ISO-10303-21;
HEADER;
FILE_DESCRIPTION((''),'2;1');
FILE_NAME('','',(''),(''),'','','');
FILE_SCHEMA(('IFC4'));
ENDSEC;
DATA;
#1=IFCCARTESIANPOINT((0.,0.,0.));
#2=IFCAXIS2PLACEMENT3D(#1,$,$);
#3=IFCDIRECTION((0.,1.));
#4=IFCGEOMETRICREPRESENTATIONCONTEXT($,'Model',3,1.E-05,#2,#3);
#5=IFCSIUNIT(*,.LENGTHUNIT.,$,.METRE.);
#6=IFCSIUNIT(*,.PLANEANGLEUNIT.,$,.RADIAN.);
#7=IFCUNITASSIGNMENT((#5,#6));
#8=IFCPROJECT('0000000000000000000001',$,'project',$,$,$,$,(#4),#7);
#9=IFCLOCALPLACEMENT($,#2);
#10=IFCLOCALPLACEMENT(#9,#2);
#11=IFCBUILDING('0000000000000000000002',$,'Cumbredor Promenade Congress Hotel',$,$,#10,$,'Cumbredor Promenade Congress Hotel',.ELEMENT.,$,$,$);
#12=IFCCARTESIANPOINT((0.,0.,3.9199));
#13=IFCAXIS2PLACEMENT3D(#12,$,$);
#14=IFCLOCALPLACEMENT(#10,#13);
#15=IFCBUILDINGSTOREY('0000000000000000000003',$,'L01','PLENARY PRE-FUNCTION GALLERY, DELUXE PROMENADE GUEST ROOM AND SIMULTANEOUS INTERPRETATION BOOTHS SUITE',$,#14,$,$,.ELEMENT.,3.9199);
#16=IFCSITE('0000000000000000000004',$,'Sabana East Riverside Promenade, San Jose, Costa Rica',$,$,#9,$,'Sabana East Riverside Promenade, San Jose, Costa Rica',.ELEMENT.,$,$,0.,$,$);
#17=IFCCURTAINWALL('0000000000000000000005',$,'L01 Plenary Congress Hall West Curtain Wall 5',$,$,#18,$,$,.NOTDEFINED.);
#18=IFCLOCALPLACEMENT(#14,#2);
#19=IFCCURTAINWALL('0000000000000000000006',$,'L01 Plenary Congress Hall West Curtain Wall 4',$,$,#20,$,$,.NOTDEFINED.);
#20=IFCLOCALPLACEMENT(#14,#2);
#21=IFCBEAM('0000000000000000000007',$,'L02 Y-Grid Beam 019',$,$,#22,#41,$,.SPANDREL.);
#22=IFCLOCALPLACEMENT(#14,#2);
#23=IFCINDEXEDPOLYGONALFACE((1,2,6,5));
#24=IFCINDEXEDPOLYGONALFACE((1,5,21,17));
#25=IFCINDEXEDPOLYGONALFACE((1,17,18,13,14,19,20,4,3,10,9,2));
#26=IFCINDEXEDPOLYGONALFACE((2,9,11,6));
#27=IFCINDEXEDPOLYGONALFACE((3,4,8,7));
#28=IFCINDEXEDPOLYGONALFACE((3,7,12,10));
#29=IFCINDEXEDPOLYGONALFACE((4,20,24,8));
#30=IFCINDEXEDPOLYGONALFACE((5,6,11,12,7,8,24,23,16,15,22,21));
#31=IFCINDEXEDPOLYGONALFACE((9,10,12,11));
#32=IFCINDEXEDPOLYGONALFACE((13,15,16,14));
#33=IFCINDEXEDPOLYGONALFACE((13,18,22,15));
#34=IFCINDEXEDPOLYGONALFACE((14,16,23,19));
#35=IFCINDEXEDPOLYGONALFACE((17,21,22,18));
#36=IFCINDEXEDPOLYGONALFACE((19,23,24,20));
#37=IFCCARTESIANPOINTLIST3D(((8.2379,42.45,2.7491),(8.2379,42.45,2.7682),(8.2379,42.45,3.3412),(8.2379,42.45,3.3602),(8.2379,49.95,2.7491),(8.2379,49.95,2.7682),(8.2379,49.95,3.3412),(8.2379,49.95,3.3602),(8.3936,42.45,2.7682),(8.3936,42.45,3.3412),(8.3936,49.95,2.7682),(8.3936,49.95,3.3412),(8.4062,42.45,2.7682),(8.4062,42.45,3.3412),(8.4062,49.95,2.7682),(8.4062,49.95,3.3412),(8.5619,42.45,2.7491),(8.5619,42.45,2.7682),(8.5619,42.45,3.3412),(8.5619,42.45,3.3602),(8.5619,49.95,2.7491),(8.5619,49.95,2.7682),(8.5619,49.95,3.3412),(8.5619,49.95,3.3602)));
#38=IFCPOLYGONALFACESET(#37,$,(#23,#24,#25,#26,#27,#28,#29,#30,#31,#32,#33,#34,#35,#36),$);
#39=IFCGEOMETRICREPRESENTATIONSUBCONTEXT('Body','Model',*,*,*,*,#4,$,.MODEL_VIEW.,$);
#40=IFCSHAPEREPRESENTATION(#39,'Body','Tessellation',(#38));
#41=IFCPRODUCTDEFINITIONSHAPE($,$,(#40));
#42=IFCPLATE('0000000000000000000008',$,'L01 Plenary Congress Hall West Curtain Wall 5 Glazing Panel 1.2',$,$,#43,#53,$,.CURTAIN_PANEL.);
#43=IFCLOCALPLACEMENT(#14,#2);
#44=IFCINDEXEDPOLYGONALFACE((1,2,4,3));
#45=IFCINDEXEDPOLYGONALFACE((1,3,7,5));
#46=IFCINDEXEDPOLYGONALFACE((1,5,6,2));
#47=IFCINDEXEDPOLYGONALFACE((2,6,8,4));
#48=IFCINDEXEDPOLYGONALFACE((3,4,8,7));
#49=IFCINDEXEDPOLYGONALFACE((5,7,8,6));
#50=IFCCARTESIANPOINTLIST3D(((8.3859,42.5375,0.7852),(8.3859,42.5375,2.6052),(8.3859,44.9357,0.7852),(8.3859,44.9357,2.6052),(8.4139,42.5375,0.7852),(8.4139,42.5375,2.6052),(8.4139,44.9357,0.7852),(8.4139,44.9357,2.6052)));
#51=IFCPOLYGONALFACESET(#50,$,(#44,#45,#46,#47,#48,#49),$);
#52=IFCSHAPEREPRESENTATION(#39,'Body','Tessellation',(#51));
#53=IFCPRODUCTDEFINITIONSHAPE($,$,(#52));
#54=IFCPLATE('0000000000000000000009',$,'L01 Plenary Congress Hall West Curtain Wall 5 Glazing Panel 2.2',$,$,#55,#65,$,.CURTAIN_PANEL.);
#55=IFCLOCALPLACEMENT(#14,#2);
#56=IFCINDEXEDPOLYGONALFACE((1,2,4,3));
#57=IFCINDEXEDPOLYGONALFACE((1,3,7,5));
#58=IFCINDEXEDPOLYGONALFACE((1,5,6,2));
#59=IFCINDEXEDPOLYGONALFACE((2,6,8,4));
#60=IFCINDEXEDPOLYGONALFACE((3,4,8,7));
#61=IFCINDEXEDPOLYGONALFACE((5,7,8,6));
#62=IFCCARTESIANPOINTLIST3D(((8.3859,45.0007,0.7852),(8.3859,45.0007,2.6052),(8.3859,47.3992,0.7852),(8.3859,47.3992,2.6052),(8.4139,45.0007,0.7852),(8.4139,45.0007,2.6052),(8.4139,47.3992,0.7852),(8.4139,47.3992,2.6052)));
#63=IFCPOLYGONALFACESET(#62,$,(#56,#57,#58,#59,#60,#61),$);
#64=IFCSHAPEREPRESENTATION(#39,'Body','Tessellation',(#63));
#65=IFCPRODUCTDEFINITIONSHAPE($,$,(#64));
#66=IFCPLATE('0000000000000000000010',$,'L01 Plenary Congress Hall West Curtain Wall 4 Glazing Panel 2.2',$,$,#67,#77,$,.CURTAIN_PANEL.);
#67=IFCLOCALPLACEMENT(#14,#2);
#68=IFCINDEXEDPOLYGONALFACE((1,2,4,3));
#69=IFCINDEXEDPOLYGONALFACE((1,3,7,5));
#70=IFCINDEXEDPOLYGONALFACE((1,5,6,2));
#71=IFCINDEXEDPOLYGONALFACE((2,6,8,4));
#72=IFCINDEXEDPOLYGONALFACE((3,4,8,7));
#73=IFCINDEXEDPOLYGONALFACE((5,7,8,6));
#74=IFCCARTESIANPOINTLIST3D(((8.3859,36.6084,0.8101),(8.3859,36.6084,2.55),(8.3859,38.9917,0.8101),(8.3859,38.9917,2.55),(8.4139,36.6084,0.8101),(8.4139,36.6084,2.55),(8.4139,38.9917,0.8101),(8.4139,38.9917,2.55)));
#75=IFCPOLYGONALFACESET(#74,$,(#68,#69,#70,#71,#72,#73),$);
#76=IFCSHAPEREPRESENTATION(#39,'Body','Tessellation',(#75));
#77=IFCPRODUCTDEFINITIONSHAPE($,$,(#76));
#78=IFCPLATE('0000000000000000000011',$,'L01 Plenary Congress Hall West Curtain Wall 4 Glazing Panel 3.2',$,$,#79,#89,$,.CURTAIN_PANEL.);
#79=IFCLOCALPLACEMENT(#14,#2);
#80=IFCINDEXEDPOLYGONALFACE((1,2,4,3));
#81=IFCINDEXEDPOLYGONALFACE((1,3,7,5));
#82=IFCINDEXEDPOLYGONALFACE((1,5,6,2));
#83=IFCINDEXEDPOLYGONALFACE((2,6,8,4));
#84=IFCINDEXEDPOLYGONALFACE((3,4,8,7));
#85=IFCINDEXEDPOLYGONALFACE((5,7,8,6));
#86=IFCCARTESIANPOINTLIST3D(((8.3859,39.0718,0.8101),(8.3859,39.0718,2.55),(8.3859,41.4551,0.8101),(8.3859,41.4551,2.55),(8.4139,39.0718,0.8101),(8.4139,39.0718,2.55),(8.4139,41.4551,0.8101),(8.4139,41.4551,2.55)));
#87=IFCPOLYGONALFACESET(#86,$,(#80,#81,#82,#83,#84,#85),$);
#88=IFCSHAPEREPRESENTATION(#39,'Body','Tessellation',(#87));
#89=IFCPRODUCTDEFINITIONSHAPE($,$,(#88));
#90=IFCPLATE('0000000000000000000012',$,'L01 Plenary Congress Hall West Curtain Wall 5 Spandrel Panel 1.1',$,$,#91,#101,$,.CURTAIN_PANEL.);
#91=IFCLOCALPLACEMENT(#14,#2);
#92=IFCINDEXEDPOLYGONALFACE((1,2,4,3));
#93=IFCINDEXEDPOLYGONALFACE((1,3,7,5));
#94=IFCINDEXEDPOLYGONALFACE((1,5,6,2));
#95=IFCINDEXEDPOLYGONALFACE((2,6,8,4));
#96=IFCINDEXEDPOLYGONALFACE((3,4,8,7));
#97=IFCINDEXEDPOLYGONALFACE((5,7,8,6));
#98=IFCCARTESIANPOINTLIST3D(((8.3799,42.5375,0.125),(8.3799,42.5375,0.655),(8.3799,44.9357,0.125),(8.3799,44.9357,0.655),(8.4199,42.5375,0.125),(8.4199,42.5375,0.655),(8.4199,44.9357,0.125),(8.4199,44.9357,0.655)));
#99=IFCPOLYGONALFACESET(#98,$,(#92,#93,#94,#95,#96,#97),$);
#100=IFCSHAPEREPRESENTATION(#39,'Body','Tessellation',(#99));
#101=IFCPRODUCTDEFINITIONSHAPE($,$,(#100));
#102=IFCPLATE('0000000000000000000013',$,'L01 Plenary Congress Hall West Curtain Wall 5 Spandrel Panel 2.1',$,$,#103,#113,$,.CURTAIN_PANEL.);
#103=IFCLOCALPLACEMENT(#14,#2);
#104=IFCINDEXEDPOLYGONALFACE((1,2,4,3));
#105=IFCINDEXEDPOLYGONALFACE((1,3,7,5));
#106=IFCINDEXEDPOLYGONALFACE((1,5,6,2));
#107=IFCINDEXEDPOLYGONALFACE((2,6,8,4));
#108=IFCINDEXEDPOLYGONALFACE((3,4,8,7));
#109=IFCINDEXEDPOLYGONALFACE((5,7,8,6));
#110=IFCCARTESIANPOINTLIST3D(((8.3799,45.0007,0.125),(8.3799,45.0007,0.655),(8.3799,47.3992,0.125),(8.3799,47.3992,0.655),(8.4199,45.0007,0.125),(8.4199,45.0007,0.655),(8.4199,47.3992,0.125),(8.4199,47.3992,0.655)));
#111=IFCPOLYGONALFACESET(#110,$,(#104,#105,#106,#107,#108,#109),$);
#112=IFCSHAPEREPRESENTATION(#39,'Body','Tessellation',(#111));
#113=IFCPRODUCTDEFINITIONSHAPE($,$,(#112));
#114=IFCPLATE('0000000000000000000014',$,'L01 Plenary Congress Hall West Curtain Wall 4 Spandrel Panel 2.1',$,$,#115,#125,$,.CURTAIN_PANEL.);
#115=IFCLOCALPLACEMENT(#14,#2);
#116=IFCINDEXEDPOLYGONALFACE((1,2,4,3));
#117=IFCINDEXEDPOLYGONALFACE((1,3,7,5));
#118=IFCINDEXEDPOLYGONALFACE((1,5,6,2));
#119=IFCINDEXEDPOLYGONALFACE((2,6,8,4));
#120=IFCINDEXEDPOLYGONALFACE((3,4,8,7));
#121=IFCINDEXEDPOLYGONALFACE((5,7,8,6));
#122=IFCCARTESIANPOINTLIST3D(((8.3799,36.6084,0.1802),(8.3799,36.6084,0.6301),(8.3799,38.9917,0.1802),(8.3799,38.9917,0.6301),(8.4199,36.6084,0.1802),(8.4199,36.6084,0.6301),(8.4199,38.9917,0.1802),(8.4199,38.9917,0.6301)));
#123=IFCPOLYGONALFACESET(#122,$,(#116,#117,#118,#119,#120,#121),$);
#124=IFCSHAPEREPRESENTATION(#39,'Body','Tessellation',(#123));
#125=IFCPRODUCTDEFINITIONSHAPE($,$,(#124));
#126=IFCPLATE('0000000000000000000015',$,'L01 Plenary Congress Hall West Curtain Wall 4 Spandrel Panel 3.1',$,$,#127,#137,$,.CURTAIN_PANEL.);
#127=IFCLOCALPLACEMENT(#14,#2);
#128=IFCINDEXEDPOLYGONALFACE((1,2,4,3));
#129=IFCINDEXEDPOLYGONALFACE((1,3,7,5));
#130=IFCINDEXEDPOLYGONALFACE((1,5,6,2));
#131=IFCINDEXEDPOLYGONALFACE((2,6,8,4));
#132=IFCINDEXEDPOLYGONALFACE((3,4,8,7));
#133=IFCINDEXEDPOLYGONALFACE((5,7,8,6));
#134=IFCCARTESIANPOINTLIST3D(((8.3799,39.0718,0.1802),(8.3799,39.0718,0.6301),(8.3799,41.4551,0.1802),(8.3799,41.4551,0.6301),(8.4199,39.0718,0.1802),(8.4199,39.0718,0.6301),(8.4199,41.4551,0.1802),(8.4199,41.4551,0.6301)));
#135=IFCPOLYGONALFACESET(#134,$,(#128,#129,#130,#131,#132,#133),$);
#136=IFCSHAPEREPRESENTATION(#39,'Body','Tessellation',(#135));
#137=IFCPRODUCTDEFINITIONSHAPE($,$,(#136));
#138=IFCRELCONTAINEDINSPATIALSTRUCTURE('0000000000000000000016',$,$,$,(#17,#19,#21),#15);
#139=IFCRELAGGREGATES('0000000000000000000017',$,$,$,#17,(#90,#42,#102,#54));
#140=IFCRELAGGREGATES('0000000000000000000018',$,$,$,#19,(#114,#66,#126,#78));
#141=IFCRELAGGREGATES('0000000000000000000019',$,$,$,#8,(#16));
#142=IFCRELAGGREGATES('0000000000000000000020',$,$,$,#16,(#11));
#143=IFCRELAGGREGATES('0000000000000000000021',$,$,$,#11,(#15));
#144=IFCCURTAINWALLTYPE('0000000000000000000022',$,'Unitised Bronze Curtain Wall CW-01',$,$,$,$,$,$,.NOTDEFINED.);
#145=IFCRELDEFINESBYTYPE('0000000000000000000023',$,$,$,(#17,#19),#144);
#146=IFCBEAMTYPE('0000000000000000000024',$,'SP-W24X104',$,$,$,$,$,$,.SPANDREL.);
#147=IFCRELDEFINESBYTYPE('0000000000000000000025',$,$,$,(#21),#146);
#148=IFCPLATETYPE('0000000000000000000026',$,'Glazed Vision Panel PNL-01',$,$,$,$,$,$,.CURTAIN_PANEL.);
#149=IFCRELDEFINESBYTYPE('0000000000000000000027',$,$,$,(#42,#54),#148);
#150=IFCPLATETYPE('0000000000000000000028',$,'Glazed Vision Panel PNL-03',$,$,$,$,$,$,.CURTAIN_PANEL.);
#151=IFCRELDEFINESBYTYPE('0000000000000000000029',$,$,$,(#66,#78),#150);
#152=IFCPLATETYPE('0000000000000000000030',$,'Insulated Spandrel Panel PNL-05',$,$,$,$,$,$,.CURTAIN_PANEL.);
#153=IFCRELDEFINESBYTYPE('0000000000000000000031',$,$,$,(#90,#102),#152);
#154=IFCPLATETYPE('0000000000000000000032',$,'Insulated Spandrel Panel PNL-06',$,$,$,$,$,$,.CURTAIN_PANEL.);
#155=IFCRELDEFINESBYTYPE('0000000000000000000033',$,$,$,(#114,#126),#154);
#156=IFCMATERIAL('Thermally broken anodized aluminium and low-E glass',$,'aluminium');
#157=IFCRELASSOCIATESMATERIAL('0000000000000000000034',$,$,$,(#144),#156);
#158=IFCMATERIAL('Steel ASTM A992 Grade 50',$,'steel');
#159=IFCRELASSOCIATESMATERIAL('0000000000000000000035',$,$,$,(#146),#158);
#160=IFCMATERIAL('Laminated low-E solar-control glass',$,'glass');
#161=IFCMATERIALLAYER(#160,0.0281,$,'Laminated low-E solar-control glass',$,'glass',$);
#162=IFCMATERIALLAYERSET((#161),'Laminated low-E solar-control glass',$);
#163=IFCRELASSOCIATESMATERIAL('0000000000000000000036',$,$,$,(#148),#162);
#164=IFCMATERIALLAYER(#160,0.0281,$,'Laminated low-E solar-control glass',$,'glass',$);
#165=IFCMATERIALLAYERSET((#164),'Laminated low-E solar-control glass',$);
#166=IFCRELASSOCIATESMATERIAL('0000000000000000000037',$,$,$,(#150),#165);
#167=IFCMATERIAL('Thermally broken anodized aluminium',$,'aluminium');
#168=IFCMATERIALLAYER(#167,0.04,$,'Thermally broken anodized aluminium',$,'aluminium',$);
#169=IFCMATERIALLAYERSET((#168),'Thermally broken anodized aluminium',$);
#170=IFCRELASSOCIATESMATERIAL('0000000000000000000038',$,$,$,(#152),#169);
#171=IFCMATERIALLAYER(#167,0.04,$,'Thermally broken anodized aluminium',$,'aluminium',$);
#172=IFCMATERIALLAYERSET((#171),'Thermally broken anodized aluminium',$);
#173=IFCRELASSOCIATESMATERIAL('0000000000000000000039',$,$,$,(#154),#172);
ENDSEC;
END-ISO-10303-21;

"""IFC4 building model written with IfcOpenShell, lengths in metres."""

from ifc_helpers import new_model, si_unit, direction, frame, origin, origin_2d, place, context, subcontext, project, spatial, rectangle, i_section, extrude, material, layer, layer_set, material_profile, profile_set, type_object, element, aggregate, save


model = new_model("IFC4")

# Units and contexts
model_context = context("Model", 3, precision=1e-05, world=origin(), true_north=direction((0.0, 1.0)))
body_context = subcontext(model_context, "Body", "Model", "MODEL_VIEW")
ifc_project = project(units=[si_unit("LENGTHUNIT", "METRE"), si_unit("PLANEANGLEUNIT", "RADIAN")], contexts=[model_context])

# Site, building, storey
site_placement = place(None, origin())
site = spatial("IfcSite", under=ifc_project, at=site_placement, Name="Sabana East Riverside Promenade, San Jose, Costa Rica", LongName="Sabana East Riverside Promenade, San Jose, Costa Rica", CompositionType="ELEMENT", RefElevation=0.0)
building_placement = place(site_placement, origin())
building = spatial("IfcBuilding", under=site, at=building_placement, Name="Cumbredor Promenade Congress Hotel", LongName="Cumbredor Promenade Congress Hotel", CompositionType="ELEMENT")
storey_placement = place(building_placement, frame((0.0, 0.0, 3.9199)))
storey = spatial("IfcBuildingStorey", under=building, at=storey_placement, Name="L01", Description="PLENARY PRE-FUNCTION GALLERY, DELUXE PROMENADE GUEST ROOM AND SIMULTANEOUS INTERPRETATION BOOTHS SUITE", CompositionType="ELEMENT", Elevation=3.9199)

# Curtain walls
ifc_material_1 = material(Name="Thermally broken anodized aluminium and low-E glass", Category="aluminium")
curtain_wall_type = type_object("IfcCurtainWallType", Name="Unitised Bronze Curtain Wall CW-01", PredefinedType="NOTDEFINED", material=ifc_material_1)
curtain_wall_1_placement = place(storey_placement, origin())
curtain_wall_1 = element("IfcCurtainWall", 1, at=curtain_wall_1_placement, inside=storey, type_object=curtain_wall_type, Name="L01 Plenary Congress Hall West Curtain Wall 5", PredefinedType="NOTDEFINED")
ifc_material_2 = material(Name="Thermally broken anodized aluminium", Category="aluminium")
curtain_wall_2_placement = place(storey_placement, origin())
curtain_wall_2 = element("IfcCurtainWall", 2, at=curtain_wall_2_placement, inside=storey, type_object=curtain_wall_type, Name="L01 Plenary Congress Hall West Curtain Wall 4", PredefinedType="NOTDEFINED")

# Beam
ifc_material_3 = material(Name="Steel ASTM A992 Grade 50", Category="steel")
ifc_material_profile_1 = material_profile(ifc_material_3, i_section(OverallWidth=0.324, OverallDepth=0.6111, WebThickness=0.0127, FlangeThickness=0.019, at=origin_2d()), Name="W24X104")
ifc_profile_set_1 = profile_set([ifc_material_profile_1], Name="Steel ASTM A992 Grade 50")
beam_type = type_object("IfcBeamType", Name="SP-W24X104", PredefinedType="SPANDREL", material=ifc_profile_set_1)
beam_placement = place(storey_placement, frame((8.3999, 42.45, 3.0547), z_axis=(0.0, 1.0, 0.0), x_axis=(-1.0, 0.0, 0.0)))
element("IfcBeam", 3, at=beam_placement, inside=storey, type_object=beam_type, Name="L02 Y-Grid Beam 019", PredefinedType="SPANDREL", context=body_context, shape_type="SweptSolid", body=[
    extrude(i_section(OverallWidth=0.324, OverallDepth=0.6111, WebThickness=0.0127, FlangeThickness=0.019, at=origin_2d()), origin(), (0.0, 0.0, 1.0), 7.5),
])

# Plates
ifc_material_4 = material(Name="Laminated low-E solar-control glass", Category="glass")
ifc_layer_1 = layer(ifc_material_4, 0.0281, Name="Laminated low-E solar-control glass", Category="glass")
ifc_layer_set_1 = layer_set([ifc_layer_1], Name="Laminated low-E solar-control glass")
plate_type_1 = type_object("IfcPlateType", Name="Glazed Vision Panel PNL-01", PredefinedType="CURTAIN_PANEL", material=ifc_layer_set_1)
plate_1_placement = place(storey_placement, frame((8.3999, 43.7366, 0.7852), z_axis=(0.0, 0.0, 1.0), x_axis=(0.0, 1.0, 0.0)))
plate_1 = element("IfcPlate", 4, at=plate_1_placement, type_object=plate_type_1, Name="L01 Plenary Congress Hall West Curtain Wall 5 Glazing Panel 1.2", PredefinedType="CURTAIN_PANEL", context=body_context, shape_type="SweptSolid", body=[
    extrude(rectangle(XDim=2.3982, YDim=0.0281, at=origin_2d()), origin(), (0.0, 0.0, 1.0), 1.8201),
])
plate_2_placement = place(storey_placement, frame((8.3999, 46.2, 0.7852), z_axis=(0.0, 0.0, 1.0), x_axis=(0.0, 1.0, 0.0)))
plate_2 = element("IfcPlate", 5, at=plate_2_placement, type_object=plate_type_1, Name="L01 Plenary Congress Hall West Curtain Wall 5 Glazing Panel 2.2", PredefinedType="CURTAIN_PANEL", context=body_context, shape_type="SweptSolid", body=[
    extrude(rectangle(XDim=2.3984, YDim=0.0281, at=origin_2d()), origin(), (0.0, 0.0, 1.0), 1.8201),
])
ifc_layer_2 = layer(ifc_material_4, 0.0281, Name="Laminated low-E solar-control glass", Category="glass")
ifc_layer_set_2 = layer_set([ifc_layer_2], Name="Laminated low-E solar-control glass")
plate_type_2 = type_object("IfcPlateType", Name="Glazed Vision Panel PNL-03", PredefinedType="CURTAIN_PANEL", material=ifc_layer_set_2)
plate_3_placement = place(storey_placement, frame((8.3999, 37.8, 0.8101), z_axis=(0.0, 0.0, 1.0), x_axis=(0.0, 1.0, 0.0)))
plate_3 = element("IfcPlate", 6, at=plate_3_placement, type_object=plate_type_2, Name="L01 Plenary Congress Hall West Curtain Wall 4 Glazing Panel 2.2", PredefinedType="CURTAIN_PANEL", context=body_context, shape_type="SweptSolid", body=[
    extrude(rectangle(XDim=2.3833, YDim=0.0281, at=origin_2d()), origin(), (0.0, 0.0, 1.0), 1.74),
])
plate_4_placement = place(storey_placement, frame((8.3999, 40.2634, 0.8101), z_axis=(0.0, 0.0, 1.0), x_axis=(0.0, 1.0, 0.0)))
plate_4 = element("IfcPlate", 7, at=plate_4_placement, type_object=plate_type_2, Name="L01 Plenary Congress Hall West Curtain Wall 4 Glazing Panel 3.2", PredefinedType="CURTAIN_PANEL", context=body_context, shape_type="SweptSolid", body=[
    extrude(rectangle(XDim=2.3833, YDim=0.0281, at=origin_2d()), origin(), (0.0, 0.0, 1.0), 1.74),
])
ifc_layer_3 = layer(ifc_material_2, 0.04, Name="Thermally broken anodized aluminium", Category="aluminium")
ifc_layer_set_3 = layer_set([ifc_layer_3], Name="Thermally broken anodized aluminium")
plate_type_3 = type_object("IfcPlateType", Name="Insulated Spandrel Panel PNL-05", PredefinedType="CURTAIN_PANEL", material=ifc_layer_set_3)
plate_5_placement = place(storey_placement, frame((8.3999, 43.7366, 0.125), z_axis=(0.0, 0.0, 1.0), x_axis=(0.0, 1.0, 0.0)))
plate_5 = element("IfcPlate", 8, at=plate_5_placement, type_object=plate_type_3, Name="L01 Plenary Congress Hall West Curtain Wall 5 Spandrel Panel 1.1", PredefinedType="CURTAIN_PANEL", context=body_context, shape_type="SweptSolid", body=[
    extrude(rectangle(XDim=2.3982, YDim=0.04, at=origin_2d()), origin(), (0.0, 0.0, 1.0), 0.53),
])
plate_6_placement = place(storey_placement, frame((8.3999, 46.2, 0.125), z_axis=(0.0, 0.0, 1.0), x_axis=(0.0, 1.0, 0.0)))
plate_6 = element("IfcPlate", 9, at=plate_6_placement, type_object=plate_type_3, Name="L01 Plenary Congress Hall West Curtain Wall 5 Spandrel Panel 2.1", PredefinedType="CURTAIN_PANEL", context=body_context, shape_type="SweptSolid", body=[
    extrude(rectangle(XDim=2.3984, YDim=0.04, at=origin_2d()), origin(), (0.0, 0.0, 1.0), 0.53),
])
aggregate(curtain_wall_1, [plate_5, plate_1, plate_6, plate_2])
ifc_layer_4 = layer(ifc_material_2, 0.04, Name="Thermally broken anodized aluminium", Category="aluminium")
ifc_layer_set_4 = layer_set([ifc_layer_4], Name="Thermally broken anodized aluminium")
plate_type_4 = type_object("IfcPlateType", Name="Insulated Spandrel Panel PNL-06", PredefinedType="CURTAIN_PANEL", material=ifc_layer_set_4)
plate_7_placement = place(storey_placement, frame((8.3999, 37.8, 0.1802), z_axis=(0.0, 0.0, 1.0), x_axis=(0.0, 1.0, 0.0)))
plate_7 = element("IfcPlate", 10, at=plate_7_placement, type_object=plate_type_4, Name="L01 Plenary Congress Hall West Curtain Wall 4 Spandrel Panel 2.1", PredefinedType="CURTAIN_PANEL", context=body_context, shape_type="SweptSolid", body=[
    extrude(rectangle(XDim=2.3833, YDim=0.04, at=origin_2d()), origin(), (0.0, 0.0, 1.0), 0.45),
])
plate_8_placement = place(storey_placement, frame((8.3999, 40.2634, 0.1802), z_axis=(0.0, 0.0, 1.0), x_axis=(0.0, 1.0, 0.0)))
plate_8 = element("IfcPlate", 11, at=plate_8_placement, type_object=plate_type_4, Name="L01 Plenary Congress Hall West Curtain Wall 4 Spandrel Panel 3.1", PredefinedType="CURTAIN_PANEL", context=body_context, shape_type="SweptSolid", body=[
    extrude(rectangle(XDim=2.3833, YDim=0.04, at=origin_2d()), origin(), (0.0, 0.0, 1.0), 0.45),
])
aggregate(curtain_wall_2, [plate_7, plate_3, plate_8, plate_4])

save(model, "model.ifc")
